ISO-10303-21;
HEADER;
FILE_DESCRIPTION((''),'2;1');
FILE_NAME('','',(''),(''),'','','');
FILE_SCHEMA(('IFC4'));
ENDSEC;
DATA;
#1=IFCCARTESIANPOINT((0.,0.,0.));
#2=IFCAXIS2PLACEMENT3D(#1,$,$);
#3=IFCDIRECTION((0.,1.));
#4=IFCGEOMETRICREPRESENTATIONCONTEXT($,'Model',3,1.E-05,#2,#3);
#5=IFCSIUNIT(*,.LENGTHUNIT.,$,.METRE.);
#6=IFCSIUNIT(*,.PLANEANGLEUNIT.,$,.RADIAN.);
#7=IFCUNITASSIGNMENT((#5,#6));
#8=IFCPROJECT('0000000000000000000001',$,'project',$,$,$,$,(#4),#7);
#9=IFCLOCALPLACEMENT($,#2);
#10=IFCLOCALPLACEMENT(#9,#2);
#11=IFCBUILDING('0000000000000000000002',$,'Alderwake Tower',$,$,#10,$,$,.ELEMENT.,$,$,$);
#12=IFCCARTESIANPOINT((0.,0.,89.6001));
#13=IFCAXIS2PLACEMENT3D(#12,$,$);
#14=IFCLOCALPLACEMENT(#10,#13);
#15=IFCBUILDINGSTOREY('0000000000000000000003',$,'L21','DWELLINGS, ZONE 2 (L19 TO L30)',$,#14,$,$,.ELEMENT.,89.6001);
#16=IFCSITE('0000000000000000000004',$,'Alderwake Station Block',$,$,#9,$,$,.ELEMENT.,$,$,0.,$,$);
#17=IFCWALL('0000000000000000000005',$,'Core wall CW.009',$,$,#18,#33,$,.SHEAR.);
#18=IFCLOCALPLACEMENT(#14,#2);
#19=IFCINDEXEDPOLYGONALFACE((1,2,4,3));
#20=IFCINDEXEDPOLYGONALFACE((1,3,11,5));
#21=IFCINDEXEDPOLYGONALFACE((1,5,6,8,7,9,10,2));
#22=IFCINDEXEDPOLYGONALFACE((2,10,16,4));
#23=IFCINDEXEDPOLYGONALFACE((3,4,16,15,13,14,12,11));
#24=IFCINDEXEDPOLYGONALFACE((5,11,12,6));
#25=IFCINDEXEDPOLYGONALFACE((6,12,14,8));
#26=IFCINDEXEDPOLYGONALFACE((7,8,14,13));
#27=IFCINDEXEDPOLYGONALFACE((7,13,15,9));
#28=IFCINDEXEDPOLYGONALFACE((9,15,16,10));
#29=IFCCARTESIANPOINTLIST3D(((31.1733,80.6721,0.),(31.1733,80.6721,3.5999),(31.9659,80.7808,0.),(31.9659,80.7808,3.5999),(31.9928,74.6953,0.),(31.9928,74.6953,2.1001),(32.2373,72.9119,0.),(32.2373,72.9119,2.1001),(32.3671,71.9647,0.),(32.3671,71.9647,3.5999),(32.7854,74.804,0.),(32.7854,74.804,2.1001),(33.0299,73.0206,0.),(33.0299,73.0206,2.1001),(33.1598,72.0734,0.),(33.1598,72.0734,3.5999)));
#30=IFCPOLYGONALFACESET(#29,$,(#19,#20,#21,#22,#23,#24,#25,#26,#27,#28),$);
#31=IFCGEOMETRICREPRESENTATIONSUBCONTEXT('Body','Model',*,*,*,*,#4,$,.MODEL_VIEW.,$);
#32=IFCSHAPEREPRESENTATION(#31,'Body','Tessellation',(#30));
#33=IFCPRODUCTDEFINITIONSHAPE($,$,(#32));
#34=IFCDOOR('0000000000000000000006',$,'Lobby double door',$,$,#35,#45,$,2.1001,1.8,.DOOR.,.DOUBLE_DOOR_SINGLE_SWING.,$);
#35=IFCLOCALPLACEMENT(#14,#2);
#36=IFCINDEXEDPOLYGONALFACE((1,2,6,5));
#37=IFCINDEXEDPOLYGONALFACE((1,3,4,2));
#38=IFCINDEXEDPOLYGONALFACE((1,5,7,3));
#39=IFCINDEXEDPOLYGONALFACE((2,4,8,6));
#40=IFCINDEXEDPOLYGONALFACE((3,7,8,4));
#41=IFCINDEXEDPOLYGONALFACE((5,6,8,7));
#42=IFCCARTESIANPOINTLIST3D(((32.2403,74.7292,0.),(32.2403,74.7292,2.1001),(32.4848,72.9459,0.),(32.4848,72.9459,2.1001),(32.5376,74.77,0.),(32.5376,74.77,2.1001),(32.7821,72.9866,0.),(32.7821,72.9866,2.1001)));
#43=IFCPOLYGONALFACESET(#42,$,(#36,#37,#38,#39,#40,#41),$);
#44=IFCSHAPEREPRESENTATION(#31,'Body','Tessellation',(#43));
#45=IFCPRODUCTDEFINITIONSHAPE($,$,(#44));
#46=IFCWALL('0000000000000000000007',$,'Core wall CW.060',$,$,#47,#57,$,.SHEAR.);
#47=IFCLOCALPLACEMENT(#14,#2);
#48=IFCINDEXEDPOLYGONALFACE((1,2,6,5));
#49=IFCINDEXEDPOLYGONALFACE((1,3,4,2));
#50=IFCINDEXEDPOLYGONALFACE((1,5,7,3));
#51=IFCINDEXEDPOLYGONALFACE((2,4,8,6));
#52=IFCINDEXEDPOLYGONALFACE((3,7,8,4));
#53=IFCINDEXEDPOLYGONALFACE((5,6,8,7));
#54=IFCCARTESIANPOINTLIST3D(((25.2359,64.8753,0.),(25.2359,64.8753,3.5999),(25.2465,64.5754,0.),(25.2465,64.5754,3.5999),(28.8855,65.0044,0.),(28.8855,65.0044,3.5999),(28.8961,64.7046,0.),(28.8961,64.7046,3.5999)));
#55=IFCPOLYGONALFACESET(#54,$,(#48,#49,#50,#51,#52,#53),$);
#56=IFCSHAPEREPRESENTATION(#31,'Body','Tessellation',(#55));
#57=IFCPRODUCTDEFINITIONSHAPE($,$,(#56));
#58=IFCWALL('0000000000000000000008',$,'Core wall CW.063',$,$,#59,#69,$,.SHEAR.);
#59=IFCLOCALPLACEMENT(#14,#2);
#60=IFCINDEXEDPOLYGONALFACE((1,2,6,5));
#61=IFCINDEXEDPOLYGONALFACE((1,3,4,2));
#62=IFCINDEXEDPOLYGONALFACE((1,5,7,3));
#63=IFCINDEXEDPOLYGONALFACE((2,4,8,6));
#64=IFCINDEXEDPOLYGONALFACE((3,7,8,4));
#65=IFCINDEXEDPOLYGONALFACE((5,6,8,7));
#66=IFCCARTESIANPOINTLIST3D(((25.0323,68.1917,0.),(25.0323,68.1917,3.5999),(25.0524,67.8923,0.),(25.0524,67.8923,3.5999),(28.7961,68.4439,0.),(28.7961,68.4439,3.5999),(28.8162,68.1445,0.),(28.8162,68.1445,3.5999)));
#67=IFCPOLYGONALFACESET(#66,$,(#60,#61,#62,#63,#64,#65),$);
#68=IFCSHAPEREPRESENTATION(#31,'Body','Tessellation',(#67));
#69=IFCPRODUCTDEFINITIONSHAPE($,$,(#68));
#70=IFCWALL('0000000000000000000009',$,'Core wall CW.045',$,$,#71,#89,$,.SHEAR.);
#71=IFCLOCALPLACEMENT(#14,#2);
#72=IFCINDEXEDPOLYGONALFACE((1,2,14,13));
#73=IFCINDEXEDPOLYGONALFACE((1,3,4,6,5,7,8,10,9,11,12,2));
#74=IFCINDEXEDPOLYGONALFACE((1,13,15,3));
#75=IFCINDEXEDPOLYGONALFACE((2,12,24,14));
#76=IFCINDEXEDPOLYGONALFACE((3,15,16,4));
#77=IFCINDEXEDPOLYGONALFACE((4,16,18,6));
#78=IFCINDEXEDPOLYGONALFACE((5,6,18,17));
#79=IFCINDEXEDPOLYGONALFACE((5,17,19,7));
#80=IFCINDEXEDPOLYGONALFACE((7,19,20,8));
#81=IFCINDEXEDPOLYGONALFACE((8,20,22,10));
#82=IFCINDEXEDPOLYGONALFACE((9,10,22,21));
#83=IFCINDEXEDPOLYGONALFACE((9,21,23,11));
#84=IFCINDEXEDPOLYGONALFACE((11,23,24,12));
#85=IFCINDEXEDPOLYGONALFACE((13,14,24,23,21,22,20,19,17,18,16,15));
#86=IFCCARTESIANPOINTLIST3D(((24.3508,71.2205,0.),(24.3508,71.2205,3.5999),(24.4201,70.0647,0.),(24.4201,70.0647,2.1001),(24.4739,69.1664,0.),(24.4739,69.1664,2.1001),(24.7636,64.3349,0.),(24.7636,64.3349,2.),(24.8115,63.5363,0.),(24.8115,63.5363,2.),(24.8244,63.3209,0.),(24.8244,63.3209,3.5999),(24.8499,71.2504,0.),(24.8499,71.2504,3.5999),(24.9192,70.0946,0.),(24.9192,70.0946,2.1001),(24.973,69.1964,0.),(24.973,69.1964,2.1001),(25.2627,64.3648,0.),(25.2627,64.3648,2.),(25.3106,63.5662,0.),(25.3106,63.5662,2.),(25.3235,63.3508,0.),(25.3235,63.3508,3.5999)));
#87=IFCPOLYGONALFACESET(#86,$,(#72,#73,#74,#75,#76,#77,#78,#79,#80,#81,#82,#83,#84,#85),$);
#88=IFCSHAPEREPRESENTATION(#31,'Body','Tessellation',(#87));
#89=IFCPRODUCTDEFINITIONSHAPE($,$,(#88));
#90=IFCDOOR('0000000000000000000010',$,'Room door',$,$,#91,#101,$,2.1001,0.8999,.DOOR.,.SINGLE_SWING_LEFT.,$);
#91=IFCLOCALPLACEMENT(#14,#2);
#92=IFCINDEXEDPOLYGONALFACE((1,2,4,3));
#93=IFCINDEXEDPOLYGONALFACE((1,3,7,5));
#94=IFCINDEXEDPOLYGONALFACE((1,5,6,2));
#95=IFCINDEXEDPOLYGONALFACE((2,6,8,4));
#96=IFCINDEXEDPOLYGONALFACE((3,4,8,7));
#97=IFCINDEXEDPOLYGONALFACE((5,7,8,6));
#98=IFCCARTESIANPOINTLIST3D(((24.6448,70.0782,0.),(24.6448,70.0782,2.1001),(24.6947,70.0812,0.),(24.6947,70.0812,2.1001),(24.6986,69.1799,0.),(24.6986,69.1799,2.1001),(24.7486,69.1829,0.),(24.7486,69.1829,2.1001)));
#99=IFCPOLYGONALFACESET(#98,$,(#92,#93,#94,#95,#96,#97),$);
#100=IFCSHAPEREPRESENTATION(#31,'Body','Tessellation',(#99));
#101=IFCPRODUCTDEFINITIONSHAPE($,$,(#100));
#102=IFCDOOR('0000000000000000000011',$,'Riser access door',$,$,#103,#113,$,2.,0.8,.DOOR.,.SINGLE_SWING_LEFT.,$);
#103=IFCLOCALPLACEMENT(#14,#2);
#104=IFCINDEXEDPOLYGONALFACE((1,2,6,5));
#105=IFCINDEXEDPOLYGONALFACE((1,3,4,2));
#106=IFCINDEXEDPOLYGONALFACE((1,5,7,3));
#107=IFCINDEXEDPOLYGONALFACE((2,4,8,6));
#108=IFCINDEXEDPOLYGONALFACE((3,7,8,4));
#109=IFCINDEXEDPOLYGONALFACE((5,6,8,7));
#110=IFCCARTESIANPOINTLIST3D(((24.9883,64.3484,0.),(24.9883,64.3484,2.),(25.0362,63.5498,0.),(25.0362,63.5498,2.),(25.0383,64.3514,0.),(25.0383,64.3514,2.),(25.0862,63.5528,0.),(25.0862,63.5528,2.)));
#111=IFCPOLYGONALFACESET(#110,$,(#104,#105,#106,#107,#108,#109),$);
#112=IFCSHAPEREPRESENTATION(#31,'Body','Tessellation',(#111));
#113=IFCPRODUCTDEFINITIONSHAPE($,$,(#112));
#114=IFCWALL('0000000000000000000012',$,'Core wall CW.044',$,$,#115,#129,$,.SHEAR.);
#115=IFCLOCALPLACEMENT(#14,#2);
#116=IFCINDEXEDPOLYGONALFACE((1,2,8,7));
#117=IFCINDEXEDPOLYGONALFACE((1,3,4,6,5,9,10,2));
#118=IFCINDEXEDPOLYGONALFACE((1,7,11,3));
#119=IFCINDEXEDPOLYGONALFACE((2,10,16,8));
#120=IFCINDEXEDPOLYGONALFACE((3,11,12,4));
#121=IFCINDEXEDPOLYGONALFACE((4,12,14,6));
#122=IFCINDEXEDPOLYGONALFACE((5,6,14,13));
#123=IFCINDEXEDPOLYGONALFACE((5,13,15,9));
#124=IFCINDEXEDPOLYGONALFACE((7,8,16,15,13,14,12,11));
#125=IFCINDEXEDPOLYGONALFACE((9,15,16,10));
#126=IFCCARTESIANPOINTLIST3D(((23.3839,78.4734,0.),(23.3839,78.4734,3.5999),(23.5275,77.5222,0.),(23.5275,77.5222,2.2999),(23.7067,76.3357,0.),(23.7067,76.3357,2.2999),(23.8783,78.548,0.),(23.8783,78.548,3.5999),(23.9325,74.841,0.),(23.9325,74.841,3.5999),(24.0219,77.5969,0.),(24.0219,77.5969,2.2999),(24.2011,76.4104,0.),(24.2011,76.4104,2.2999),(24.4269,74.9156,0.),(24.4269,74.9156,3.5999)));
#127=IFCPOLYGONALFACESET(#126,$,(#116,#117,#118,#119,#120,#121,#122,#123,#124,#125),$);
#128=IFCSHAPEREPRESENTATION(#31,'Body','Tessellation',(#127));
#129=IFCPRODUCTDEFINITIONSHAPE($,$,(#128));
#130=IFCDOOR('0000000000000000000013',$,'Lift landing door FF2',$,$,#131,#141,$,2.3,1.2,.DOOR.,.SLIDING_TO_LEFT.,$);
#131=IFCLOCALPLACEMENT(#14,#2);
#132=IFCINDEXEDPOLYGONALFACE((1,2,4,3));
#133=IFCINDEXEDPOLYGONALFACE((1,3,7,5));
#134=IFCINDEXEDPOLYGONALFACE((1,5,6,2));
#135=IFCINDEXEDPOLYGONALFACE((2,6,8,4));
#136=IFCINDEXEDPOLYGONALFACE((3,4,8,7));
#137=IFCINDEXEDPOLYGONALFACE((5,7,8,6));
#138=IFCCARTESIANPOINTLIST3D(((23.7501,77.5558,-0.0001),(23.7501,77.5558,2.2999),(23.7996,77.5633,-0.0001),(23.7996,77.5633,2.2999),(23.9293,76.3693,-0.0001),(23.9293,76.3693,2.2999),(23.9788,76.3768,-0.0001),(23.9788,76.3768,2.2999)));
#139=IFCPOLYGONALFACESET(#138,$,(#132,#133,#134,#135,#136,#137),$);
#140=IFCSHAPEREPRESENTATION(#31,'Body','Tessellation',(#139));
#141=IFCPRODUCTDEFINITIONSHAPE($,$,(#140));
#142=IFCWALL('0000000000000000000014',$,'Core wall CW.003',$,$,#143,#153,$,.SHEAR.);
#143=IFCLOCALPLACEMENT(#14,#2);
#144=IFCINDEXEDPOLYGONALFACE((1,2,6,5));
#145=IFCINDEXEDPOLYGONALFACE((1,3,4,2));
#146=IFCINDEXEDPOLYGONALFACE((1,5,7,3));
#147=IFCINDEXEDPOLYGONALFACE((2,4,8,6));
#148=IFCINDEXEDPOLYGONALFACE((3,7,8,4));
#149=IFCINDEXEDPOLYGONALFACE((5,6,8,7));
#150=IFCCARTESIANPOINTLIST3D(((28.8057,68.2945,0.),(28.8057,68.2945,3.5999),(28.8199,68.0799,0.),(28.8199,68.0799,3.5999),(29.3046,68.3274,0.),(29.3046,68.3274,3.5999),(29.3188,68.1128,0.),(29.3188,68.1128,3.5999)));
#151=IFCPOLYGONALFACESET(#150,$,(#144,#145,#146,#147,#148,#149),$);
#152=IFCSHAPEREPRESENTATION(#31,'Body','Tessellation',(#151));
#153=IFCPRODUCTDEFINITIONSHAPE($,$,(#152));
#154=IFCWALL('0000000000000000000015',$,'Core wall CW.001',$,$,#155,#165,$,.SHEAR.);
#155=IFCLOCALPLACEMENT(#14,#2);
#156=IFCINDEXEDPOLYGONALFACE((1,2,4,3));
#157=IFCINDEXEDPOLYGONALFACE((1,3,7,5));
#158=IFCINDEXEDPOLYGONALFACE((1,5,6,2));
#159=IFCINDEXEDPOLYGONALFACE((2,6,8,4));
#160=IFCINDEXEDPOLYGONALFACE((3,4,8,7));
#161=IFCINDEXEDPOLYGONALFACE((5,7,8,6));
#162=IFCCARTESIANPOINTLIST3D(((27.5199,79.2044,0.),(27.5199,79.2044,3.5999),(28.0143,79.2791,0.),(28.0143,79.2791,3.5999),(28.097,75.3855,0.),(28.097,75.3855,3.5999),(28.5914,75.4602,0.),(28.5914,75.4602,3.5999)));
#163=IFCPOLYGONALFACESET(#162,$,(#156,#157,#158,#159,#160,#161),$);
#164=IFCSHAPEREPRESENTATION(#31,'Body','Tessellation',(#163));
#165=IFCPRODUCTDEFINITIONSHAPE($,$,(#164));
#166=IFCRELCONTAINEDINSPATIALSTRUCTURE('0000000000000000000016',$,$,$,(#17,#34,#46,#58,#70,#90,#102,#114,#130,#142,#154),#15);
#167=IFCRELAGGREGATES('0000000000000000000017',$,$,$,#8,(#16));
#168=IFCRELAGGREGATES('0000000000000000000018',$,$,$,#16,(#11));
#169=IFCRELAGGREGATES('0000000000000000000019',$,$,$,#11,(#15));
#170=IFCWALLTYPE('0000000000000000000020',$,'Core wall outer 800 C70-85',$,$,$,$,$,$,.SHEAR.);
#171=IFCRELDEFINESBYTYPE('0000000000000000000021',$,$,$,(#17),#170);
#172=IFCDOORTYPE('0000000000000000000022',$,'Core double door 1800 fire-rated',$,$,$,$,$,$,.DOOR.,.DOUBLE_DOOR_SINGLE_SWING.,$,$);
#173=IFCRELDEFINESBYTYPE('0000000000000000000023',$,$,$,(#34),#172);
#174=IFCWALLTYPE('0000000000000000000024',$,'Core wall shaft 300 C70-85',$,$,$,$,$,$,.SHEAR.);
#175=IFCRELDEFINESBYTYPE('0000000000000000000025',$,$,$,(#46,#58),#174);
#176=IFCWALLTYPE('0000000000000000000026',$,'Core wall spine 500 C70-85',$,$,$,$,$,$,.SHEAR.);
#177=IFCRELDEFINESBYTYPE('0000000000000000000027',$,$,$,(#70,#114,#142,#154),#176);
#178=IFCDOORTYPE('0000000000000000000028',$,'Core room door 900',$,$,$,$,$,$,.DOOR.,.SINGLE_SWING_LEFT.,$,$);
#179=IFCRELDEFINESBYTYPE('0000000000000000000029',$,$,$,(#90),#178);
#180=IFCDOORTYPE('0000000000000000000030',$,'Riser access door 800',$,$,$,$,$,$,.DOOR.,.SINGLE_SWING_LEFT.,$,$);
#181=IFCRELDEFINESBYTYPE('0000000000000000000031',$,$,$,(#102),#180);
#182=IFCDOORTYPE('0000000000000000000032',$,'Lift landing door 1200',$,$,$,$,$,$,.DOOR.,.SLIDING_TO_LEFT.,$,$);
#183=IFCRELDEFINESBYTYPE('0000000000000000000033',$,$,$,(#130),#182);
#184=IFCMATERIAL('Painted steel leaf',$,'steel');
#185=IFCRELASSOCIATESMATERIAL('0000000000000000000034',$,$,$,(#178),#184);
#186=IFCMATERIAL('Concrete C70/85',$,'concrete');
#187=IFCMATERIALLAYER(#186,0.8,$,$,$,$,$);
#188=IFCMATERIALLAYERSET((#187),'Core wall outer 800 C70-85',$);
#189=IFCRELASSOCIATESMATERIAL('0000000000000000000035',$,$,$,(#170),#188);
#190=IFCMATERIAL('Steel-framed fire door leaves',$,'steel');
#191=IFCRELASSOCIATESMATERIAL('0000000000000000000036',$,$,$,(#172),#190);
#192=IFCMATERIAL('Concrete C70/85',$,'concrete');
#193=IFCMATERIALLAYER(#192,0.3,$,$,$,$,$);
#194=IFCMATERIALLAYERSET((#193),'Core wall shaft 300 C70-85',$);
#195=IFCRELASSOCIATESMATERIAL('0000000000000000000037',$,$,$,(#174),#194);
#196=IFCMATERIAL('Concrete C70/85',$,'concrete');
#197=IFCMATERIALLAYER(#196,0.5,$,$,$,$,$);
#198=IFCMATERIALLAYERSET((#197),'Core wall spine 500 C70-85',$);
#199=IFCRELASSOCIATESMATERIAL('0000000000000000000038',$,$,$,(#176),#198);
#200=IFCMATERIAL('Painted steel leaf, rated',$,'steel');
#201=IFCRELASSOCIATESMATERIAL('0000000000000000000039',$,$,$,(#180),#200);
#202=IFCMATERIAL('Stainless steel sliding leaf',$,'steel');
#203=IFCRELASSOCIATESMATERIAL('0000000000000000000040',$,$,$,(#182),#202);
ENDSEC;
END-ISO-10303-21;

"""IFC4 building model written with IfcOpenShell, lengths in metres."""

from ifc_helpers import new_model, si_unit, direction, frame, frame_2d, origin, place, context, subcontext, project, spatial, rectangle, extrude, material, layer, layer_set, type_object, element, fill, save


model = new_model("IFC4")

# Units and contexts
model_context = context("Model", 3, precision=1e-05, world=origin(), true_north=direction((0.0, 1.0)))
body_context = subcontext(model_context, "Body", "Model", "MODEL_VIEW")
ifc_project = project(units=[si_unit("LENGTHUNIT", "METRE"), si_unit("PLANEANGLEUNIT", "RADIAN")], contexts=[model_context])

# Site, building, storey
site_placement = place(None, origin())
site = spatial("IfcSite", under=ifc_project, at=site_placement, Name="Alderwake Station Block", CompositionType="ELEMENT", RefElevation=0.0)
building_placement = place(site_placement, origin())
building = spatial("IfcBuilding", under=site, at=building_placement, Name="Alderwake Tower", CompositionType="ELEMENT")
storey_placement = place(building_placement, frame((0.0, 0.0, 89.6001)))
storey = spatial("IfcBuildingStorey", under=building, at=storey_placement, Name="L21", Description="DWELLINGS, ZONE 2 (L19 TO L30)", CompositionType="ELEMENT", Elevation=89.6001)

# Wall, opening, door
ifc_material_1 = material(Name="Painted steel leaf", Category="steel")
door_type_1 = type_object("IfcDoorType", Name="Core room door 900", OperationType="SINGLE_SWING_LEFT", PredefinedType="DOOR", material=ifc_material_1)
ifc_material_2 = material(Name="Concrete C70/85", Category="concrete")
ifc_layer_1 = layer(ifc_material_2, 0.8)
ifc_layer_set_1 = layer_set([ifc_layer_1], Name="Core wall outer 800 C70-85")
wall_type_1 = type_object("IfcWallType", Name="Core wall outer 800 C70-85", PredefinedType="SHEAR", material=ifc_layer_set_1)
wall_1_placement = place(storey_placement, frame((31.5696, 80.7266, 0.0), z_axis=(0.0, 0.0, 1.0), x_axis=(0.135838, -0.990731, 0.0)))
wall_1 = element("IfcWall", 1, at=wall_1_placement, inside=storey, type_object=wall_type_1, Name="Core wall CW.009", PredefinedType="SHEAR", context=body_context, shape_type="SweptSolid", body=[
    extrude(rectangle(XDim=8.7888, YDim=0.8, at=frame_2d((4.3945, 0.0))), origin(), (0.0, 0.0, 1.0), 3.5999),
])
opening_1_placement = place(wall_1_placement, frame((6.033, 0.0, 0.0)))
opening_1 = element("IfcOpeningElement", 2, at=opening_1_placement, cuts=wall_1, PredefinedType="OPENING", context=body_context, shape_type="SweptSolid", body=[
    extrude(rectangle(XDim=1.8, YDim=2.1001, at=frame_2d((0.8999, 1.05))), frame((0.0, 0.4099, 0.0), z_axis=(0.0, -1.0, 0.0), x_axis=(1.0, 0.0, 0.0)), (0.0, 0.0, 1.0), 0.8201),
])
ifc_material_3 = material(Name="Steel-framed fire door leaves", Category="steel")
door_type_2 = type_object("IfcDoorType", Name="Core double door 1800 fire-rated", OperationType="DOUBLE_DOOR_SINGLE_SWING", PredefinedType="DOOR", material=ifc_material_3)
door_1_placement = place(opening_1_placement, origin())
door_1 = element("IfcDoor", 3, at=door_1_placement, inside=storey, type_object=door_type_2, Name="Lobby double door", OperationType="DOUBLE_DOOR_SINGLE_SWING", OverallHeight=2.1001, OverallWidth=1.8, PredefinedType="DOOR", context=body_context, shape_type="SweptSolid", body=[
    extrude(rectangle(XDim=1.8, YDim=2.1001, at=frame_2d((0.8999, 1.05))), frame((0.0, 0.1499, 0.0), z_axis=(0.0, -1.0, 0.0), x_axis=(1.0, 0.0, 0.0)), (0.0, 0.0, 1.0), 0.3),
])
fill(opening_1, door_1)

# Walls
ifc_material_4 = material(Name="Concrete C70/85", Category="concrete")
ifc_layer_2 = layer(ifc_material_4, 0.3)
ifc_layer_set_2 = layer_set([ifc_layer_2], Name="Core wall shaft 300 C70-85")
wall_type_2 = type_object("IfcWallType", Name="Core wall shaft 300 C70-85", PredefinedType="SHEAR", material=ifc_layer_set_2)
wall_2_placement = place(storey_placement, frame((25.2412, 64.7253, 0.0), z_axis=(0.0, 0.0, 1.0), x_axis=(0.999374, 0.035365, 0.0)))
element("IfcWall", 4, at=wall_2_placement, inside=storey, type_object=wall_type_2, Name="Core wall CW.060", PredefinedType="SHEAR", context=body_context, shape_type="SweptSolid", body=[
    extrude(rectangle(XDim=3.6519, YDim=0.3, at=frame_2d((1.8259, 0.0))), origin(), (0.0, 0.0, 1.0), 3.5999),
])
wall_3_placement = place(storey_placement, frame((25.0422, 68.042, 0.0), z_axis=(0.0, 0.0, 1.0), x_axis=(0.997762, 0.066858, 0.0)))
element("IfcWall", 5, at=wall_3_placement, inside=storey, type_object=wall_type_2, Name="Core wall CW.063", PredefinedType="SHEAR", context=body_context, shape_type="SweptSolid", body=[
    extrude(rectangle(XDim=3.7722, YDim=0.3, at=frame_2d((1.8862, 0.0))), origin(), (0.0, 0.0, 1.0), 3.5999),
])

# Wall, openings, doors
ifc_material_5 = material(Name="Concrete C70/85", Category="concrete")
ifc_layer_3 = layer(ifc_material_5, 0.5)
ifc_layer_set_3 = layer_set([ifc_layer_3], Name="Core wall spine 500 C70-85")
wall_type_3 = type_object("IfcWallType", Name="Core wall spine 500 C70-85", PredefinedType="SHEAR", material=ifc_layer_set_3)
wall_4_placement = place(storey_placement, frame((25.074, 63.3357, 0.0), z_axis=(0.0, 0.0, 1.0), x_axis=(-0.059849, 0.998207, 0.0)))
wall_4 = element("IfcWall", 6, at=wall_4_placement, inside=storey, type_object=wall_type_3, Name="Core wall CW.045", PredefinedType="SHEAR", context=body_context, shape_type="SweptSolid", body=[
    extrude(rectangle(XDim=7.9138, YDim=0.5, at=frame_2d((3.957, 0.0))), origin(), (0.0, 0.0, 1.0), 3.5999),
])
opening_2_placement = place(wall_4_placement, frame((0.2161, 0.0, 0.0)))
opening_2 = element("IfcOpeningElement", 7, at=opening_2_placement, cuts=wall_4, PredefinedType="OPENING", context=body_context, shape_type="SweptSolid", body=[
    extrude(rectangle(XDim=0.8, YDim=2.0, at=frame_2d((0.3999, 1.0))), frame((0.0, 0.26, 0.0), z_axis=(0.0, -1.0, 0.0), x_axis=(1.0, 0.0, 0.0)), (0.0, 0.0, 1.0), 0.52),
])
opening_3_placement = place(wall_4_placement, frame((5.8562, 0.0, 0.0)))
opening_3 = element("IfcOpeningElement", 8, at=opening_3_placement, cuts=wall_4, PredefinedType="OPENING", context=body_context, shape_type="SweptSolid", body=[
    extrude(rectangle(XDim=0.8999, YDim=2.1001, at=frame_2d((0.45, 1.05))), frame((0.0, 0.26, 0.0), z_axis=(0.0, -1.0, 0.0), x_axis=(1.0, 0.0, 0.0)), (0.0, 0.0, 1.0), 0.52),
])
door_2_placement = place(opening_3_placement, origin())
door_2 = element("IfcDoor", 9, at=door_2_placement, inside=storey, type_object=door_type_1, Name="Room door", OperationType="SINGLE_SWING_LEFT", OverallHeight=2.1001, OverallWidth=0.8999, PredefinedType="DOOR", context=body_context, shape_type="SweptSolid", body=[
    extrude(rectangle(XDim=0.8999, YDim=2.1001, at=frame_2d((0.45, 1.05))), frame((0.0, 0.0249, 0.0), z_axis=(0.0, -1.0, 0.0), x_axis=(1.0, 0.0, 0.0)), (0.0, 0.0, 1.0), 0.05),
])
fill(opening_3, door_2)
ifc_material_6 = material(Name="Painted steel leaf, rated", Category="steel")
door_type_3 = type_object("IfcDoorType", Name="Riser access door 800", OperationType="SINGLE_SWING_LEFT", PredefinedType="DOOR", material=ifc_material_6)
door_3_placement = place(opening_2_placement, origin())
door_3 = element("IfcDoor", 10, at=door_3_placement, inside=storey, type_object=door_type_3, Name="Riser access door", OperationType="SINGLE_SWING_LEFT", OverallHeight=2.0, OverallWidth=0.8, PredefinedType="DOOR", context=body_context, shape_type="SweptSolid", body=[
    extrude(rectangle(XDim=0.8, YDim=2.0, at=frame_2d((0.3999, 1.0))), frame((0.0, 0.0249, 0.0), z_axis=(0.0, -1.0, 0.0), x_axis=(1.0, 0.0, 0.0)), (0.0, 0.0, 1.0), 0.05),
])
fill(opening_2, door_3)

# Wall, opening, door
wall_5_placement = place(storey_placement, frame((24.1797, 74.8782, 0.0), z_axis=(0.0, 0.0, 1.0), x_axis=(-0.149335, 0.988787, 0.0)))
wall_5 = element("IfcWall", 11, at=wall_5_placement, inside=storey, type_object=wall_type_3, Name="Core wall CW.044", PredefinedType="SHEAR", context=body_context, shape_type="SweptSolid", body=[
    extrude(rectangle(XDim=3.6736, YDim=0.5, at=frame_2d((1.8369, 0.0))), origin(), (0.0, 0.0, 1.0), 3.5999),
])
opening_4_placement = place(wall_5_placement, frame((1.5117, 0.0, 0.0)))
opening_4 = element("IfcOpeningElement", 12, at=opening_4_placement, cuts=wall_5, PredefinedType="OPENING", context=body_context, shape_type="SweptSolid", body=[
    extrude(rectangle(XDim=1.2, YDim=2.3, at=frame_2d((0.6001, 1.1499))), frame((0.0, 0.26, 0.0), z_axis=(0.0, -1.0, 0.0), x_axis=(1.0, 0.0, 0.0)), (0.0, 0.0, 1.0), 0.52),
])
ifc_material_7 = material(Name="Stainless steel sliding leaf", Category="steel")
door_type_4 = type_object("IfcDoorType", Name="Lift landing door 1200", OperationType="SLIDING_TO_LEFT", PredefinedType="DOOR", material=ifc_material_7)
door_4_placement = place(opening_4_placement, origin())
door_4 = element("IfcDoor", 13, at=door_4_placement, inside=storey, type_object=door_type_4, Name="Lift landing door FF2", OperationType="SLIDING_TO_LEFT", OverallHeight=2.3, OverallWidth=1.2, PredefinedType="DOOR", context=body_context, shape_type="SweptSolid", body=[
    extrude(rectangle(XDim=1.2, YDim=2.3, at=frame_2d((0.6001, 1.1499))), frame((0.0, 0.0249, 0.0), z_axis=(0.0, -1.0, 0.0), x_axis=(1.0, 0.0, 0.0)), (0.0, 0.0, 1.0), 0.05),
])
fill(opening_4, door_4)

# Walls
wall_6_placement = place(storey_placement, frame((29.0693, 68.0964, 0.0), z_axis=(0.0, 0.0, 1.0), x_axis=(-0.065841, 0.99783, 0.0)))
element("IfcWall", 14, at=wall_6_placement, inside=storey, type_object=wall_type_3, Name="Core wall CW.003", PredefinedType="SHEAR", context=body_context, shape_type="SweptSolid", body=[
    extrude(rectangle(XDim=0.2151, YDim=0.5, at=frame_2d((0.1074, 0.0))), origin(), (0.0, 0.0, 1.0), 3.5999),
])
wall_7_placement = place(storey_placement, frame((28.3442, 75.4229, 0.0), z_axis=(0.0, 0.0, 1.0), x_axis=(-0.149435, 0.988772, 0.0)))
element("IfcWall", 15, at=wall_7_placement, inside=storey, type_object=wall_type_3, Name="Core wall CW.001", PredefinedType="SHEAR", context=body_context, shape_type="SweptSolid", body=[
    extrude(rectangle(XDim=3.8623, YDim=0.5, at=frame_2d((1.9312, 0.0))), origin(), (0.0, 0.0, 1.0), 3.5999),
])

save(model, "model.ifc")
